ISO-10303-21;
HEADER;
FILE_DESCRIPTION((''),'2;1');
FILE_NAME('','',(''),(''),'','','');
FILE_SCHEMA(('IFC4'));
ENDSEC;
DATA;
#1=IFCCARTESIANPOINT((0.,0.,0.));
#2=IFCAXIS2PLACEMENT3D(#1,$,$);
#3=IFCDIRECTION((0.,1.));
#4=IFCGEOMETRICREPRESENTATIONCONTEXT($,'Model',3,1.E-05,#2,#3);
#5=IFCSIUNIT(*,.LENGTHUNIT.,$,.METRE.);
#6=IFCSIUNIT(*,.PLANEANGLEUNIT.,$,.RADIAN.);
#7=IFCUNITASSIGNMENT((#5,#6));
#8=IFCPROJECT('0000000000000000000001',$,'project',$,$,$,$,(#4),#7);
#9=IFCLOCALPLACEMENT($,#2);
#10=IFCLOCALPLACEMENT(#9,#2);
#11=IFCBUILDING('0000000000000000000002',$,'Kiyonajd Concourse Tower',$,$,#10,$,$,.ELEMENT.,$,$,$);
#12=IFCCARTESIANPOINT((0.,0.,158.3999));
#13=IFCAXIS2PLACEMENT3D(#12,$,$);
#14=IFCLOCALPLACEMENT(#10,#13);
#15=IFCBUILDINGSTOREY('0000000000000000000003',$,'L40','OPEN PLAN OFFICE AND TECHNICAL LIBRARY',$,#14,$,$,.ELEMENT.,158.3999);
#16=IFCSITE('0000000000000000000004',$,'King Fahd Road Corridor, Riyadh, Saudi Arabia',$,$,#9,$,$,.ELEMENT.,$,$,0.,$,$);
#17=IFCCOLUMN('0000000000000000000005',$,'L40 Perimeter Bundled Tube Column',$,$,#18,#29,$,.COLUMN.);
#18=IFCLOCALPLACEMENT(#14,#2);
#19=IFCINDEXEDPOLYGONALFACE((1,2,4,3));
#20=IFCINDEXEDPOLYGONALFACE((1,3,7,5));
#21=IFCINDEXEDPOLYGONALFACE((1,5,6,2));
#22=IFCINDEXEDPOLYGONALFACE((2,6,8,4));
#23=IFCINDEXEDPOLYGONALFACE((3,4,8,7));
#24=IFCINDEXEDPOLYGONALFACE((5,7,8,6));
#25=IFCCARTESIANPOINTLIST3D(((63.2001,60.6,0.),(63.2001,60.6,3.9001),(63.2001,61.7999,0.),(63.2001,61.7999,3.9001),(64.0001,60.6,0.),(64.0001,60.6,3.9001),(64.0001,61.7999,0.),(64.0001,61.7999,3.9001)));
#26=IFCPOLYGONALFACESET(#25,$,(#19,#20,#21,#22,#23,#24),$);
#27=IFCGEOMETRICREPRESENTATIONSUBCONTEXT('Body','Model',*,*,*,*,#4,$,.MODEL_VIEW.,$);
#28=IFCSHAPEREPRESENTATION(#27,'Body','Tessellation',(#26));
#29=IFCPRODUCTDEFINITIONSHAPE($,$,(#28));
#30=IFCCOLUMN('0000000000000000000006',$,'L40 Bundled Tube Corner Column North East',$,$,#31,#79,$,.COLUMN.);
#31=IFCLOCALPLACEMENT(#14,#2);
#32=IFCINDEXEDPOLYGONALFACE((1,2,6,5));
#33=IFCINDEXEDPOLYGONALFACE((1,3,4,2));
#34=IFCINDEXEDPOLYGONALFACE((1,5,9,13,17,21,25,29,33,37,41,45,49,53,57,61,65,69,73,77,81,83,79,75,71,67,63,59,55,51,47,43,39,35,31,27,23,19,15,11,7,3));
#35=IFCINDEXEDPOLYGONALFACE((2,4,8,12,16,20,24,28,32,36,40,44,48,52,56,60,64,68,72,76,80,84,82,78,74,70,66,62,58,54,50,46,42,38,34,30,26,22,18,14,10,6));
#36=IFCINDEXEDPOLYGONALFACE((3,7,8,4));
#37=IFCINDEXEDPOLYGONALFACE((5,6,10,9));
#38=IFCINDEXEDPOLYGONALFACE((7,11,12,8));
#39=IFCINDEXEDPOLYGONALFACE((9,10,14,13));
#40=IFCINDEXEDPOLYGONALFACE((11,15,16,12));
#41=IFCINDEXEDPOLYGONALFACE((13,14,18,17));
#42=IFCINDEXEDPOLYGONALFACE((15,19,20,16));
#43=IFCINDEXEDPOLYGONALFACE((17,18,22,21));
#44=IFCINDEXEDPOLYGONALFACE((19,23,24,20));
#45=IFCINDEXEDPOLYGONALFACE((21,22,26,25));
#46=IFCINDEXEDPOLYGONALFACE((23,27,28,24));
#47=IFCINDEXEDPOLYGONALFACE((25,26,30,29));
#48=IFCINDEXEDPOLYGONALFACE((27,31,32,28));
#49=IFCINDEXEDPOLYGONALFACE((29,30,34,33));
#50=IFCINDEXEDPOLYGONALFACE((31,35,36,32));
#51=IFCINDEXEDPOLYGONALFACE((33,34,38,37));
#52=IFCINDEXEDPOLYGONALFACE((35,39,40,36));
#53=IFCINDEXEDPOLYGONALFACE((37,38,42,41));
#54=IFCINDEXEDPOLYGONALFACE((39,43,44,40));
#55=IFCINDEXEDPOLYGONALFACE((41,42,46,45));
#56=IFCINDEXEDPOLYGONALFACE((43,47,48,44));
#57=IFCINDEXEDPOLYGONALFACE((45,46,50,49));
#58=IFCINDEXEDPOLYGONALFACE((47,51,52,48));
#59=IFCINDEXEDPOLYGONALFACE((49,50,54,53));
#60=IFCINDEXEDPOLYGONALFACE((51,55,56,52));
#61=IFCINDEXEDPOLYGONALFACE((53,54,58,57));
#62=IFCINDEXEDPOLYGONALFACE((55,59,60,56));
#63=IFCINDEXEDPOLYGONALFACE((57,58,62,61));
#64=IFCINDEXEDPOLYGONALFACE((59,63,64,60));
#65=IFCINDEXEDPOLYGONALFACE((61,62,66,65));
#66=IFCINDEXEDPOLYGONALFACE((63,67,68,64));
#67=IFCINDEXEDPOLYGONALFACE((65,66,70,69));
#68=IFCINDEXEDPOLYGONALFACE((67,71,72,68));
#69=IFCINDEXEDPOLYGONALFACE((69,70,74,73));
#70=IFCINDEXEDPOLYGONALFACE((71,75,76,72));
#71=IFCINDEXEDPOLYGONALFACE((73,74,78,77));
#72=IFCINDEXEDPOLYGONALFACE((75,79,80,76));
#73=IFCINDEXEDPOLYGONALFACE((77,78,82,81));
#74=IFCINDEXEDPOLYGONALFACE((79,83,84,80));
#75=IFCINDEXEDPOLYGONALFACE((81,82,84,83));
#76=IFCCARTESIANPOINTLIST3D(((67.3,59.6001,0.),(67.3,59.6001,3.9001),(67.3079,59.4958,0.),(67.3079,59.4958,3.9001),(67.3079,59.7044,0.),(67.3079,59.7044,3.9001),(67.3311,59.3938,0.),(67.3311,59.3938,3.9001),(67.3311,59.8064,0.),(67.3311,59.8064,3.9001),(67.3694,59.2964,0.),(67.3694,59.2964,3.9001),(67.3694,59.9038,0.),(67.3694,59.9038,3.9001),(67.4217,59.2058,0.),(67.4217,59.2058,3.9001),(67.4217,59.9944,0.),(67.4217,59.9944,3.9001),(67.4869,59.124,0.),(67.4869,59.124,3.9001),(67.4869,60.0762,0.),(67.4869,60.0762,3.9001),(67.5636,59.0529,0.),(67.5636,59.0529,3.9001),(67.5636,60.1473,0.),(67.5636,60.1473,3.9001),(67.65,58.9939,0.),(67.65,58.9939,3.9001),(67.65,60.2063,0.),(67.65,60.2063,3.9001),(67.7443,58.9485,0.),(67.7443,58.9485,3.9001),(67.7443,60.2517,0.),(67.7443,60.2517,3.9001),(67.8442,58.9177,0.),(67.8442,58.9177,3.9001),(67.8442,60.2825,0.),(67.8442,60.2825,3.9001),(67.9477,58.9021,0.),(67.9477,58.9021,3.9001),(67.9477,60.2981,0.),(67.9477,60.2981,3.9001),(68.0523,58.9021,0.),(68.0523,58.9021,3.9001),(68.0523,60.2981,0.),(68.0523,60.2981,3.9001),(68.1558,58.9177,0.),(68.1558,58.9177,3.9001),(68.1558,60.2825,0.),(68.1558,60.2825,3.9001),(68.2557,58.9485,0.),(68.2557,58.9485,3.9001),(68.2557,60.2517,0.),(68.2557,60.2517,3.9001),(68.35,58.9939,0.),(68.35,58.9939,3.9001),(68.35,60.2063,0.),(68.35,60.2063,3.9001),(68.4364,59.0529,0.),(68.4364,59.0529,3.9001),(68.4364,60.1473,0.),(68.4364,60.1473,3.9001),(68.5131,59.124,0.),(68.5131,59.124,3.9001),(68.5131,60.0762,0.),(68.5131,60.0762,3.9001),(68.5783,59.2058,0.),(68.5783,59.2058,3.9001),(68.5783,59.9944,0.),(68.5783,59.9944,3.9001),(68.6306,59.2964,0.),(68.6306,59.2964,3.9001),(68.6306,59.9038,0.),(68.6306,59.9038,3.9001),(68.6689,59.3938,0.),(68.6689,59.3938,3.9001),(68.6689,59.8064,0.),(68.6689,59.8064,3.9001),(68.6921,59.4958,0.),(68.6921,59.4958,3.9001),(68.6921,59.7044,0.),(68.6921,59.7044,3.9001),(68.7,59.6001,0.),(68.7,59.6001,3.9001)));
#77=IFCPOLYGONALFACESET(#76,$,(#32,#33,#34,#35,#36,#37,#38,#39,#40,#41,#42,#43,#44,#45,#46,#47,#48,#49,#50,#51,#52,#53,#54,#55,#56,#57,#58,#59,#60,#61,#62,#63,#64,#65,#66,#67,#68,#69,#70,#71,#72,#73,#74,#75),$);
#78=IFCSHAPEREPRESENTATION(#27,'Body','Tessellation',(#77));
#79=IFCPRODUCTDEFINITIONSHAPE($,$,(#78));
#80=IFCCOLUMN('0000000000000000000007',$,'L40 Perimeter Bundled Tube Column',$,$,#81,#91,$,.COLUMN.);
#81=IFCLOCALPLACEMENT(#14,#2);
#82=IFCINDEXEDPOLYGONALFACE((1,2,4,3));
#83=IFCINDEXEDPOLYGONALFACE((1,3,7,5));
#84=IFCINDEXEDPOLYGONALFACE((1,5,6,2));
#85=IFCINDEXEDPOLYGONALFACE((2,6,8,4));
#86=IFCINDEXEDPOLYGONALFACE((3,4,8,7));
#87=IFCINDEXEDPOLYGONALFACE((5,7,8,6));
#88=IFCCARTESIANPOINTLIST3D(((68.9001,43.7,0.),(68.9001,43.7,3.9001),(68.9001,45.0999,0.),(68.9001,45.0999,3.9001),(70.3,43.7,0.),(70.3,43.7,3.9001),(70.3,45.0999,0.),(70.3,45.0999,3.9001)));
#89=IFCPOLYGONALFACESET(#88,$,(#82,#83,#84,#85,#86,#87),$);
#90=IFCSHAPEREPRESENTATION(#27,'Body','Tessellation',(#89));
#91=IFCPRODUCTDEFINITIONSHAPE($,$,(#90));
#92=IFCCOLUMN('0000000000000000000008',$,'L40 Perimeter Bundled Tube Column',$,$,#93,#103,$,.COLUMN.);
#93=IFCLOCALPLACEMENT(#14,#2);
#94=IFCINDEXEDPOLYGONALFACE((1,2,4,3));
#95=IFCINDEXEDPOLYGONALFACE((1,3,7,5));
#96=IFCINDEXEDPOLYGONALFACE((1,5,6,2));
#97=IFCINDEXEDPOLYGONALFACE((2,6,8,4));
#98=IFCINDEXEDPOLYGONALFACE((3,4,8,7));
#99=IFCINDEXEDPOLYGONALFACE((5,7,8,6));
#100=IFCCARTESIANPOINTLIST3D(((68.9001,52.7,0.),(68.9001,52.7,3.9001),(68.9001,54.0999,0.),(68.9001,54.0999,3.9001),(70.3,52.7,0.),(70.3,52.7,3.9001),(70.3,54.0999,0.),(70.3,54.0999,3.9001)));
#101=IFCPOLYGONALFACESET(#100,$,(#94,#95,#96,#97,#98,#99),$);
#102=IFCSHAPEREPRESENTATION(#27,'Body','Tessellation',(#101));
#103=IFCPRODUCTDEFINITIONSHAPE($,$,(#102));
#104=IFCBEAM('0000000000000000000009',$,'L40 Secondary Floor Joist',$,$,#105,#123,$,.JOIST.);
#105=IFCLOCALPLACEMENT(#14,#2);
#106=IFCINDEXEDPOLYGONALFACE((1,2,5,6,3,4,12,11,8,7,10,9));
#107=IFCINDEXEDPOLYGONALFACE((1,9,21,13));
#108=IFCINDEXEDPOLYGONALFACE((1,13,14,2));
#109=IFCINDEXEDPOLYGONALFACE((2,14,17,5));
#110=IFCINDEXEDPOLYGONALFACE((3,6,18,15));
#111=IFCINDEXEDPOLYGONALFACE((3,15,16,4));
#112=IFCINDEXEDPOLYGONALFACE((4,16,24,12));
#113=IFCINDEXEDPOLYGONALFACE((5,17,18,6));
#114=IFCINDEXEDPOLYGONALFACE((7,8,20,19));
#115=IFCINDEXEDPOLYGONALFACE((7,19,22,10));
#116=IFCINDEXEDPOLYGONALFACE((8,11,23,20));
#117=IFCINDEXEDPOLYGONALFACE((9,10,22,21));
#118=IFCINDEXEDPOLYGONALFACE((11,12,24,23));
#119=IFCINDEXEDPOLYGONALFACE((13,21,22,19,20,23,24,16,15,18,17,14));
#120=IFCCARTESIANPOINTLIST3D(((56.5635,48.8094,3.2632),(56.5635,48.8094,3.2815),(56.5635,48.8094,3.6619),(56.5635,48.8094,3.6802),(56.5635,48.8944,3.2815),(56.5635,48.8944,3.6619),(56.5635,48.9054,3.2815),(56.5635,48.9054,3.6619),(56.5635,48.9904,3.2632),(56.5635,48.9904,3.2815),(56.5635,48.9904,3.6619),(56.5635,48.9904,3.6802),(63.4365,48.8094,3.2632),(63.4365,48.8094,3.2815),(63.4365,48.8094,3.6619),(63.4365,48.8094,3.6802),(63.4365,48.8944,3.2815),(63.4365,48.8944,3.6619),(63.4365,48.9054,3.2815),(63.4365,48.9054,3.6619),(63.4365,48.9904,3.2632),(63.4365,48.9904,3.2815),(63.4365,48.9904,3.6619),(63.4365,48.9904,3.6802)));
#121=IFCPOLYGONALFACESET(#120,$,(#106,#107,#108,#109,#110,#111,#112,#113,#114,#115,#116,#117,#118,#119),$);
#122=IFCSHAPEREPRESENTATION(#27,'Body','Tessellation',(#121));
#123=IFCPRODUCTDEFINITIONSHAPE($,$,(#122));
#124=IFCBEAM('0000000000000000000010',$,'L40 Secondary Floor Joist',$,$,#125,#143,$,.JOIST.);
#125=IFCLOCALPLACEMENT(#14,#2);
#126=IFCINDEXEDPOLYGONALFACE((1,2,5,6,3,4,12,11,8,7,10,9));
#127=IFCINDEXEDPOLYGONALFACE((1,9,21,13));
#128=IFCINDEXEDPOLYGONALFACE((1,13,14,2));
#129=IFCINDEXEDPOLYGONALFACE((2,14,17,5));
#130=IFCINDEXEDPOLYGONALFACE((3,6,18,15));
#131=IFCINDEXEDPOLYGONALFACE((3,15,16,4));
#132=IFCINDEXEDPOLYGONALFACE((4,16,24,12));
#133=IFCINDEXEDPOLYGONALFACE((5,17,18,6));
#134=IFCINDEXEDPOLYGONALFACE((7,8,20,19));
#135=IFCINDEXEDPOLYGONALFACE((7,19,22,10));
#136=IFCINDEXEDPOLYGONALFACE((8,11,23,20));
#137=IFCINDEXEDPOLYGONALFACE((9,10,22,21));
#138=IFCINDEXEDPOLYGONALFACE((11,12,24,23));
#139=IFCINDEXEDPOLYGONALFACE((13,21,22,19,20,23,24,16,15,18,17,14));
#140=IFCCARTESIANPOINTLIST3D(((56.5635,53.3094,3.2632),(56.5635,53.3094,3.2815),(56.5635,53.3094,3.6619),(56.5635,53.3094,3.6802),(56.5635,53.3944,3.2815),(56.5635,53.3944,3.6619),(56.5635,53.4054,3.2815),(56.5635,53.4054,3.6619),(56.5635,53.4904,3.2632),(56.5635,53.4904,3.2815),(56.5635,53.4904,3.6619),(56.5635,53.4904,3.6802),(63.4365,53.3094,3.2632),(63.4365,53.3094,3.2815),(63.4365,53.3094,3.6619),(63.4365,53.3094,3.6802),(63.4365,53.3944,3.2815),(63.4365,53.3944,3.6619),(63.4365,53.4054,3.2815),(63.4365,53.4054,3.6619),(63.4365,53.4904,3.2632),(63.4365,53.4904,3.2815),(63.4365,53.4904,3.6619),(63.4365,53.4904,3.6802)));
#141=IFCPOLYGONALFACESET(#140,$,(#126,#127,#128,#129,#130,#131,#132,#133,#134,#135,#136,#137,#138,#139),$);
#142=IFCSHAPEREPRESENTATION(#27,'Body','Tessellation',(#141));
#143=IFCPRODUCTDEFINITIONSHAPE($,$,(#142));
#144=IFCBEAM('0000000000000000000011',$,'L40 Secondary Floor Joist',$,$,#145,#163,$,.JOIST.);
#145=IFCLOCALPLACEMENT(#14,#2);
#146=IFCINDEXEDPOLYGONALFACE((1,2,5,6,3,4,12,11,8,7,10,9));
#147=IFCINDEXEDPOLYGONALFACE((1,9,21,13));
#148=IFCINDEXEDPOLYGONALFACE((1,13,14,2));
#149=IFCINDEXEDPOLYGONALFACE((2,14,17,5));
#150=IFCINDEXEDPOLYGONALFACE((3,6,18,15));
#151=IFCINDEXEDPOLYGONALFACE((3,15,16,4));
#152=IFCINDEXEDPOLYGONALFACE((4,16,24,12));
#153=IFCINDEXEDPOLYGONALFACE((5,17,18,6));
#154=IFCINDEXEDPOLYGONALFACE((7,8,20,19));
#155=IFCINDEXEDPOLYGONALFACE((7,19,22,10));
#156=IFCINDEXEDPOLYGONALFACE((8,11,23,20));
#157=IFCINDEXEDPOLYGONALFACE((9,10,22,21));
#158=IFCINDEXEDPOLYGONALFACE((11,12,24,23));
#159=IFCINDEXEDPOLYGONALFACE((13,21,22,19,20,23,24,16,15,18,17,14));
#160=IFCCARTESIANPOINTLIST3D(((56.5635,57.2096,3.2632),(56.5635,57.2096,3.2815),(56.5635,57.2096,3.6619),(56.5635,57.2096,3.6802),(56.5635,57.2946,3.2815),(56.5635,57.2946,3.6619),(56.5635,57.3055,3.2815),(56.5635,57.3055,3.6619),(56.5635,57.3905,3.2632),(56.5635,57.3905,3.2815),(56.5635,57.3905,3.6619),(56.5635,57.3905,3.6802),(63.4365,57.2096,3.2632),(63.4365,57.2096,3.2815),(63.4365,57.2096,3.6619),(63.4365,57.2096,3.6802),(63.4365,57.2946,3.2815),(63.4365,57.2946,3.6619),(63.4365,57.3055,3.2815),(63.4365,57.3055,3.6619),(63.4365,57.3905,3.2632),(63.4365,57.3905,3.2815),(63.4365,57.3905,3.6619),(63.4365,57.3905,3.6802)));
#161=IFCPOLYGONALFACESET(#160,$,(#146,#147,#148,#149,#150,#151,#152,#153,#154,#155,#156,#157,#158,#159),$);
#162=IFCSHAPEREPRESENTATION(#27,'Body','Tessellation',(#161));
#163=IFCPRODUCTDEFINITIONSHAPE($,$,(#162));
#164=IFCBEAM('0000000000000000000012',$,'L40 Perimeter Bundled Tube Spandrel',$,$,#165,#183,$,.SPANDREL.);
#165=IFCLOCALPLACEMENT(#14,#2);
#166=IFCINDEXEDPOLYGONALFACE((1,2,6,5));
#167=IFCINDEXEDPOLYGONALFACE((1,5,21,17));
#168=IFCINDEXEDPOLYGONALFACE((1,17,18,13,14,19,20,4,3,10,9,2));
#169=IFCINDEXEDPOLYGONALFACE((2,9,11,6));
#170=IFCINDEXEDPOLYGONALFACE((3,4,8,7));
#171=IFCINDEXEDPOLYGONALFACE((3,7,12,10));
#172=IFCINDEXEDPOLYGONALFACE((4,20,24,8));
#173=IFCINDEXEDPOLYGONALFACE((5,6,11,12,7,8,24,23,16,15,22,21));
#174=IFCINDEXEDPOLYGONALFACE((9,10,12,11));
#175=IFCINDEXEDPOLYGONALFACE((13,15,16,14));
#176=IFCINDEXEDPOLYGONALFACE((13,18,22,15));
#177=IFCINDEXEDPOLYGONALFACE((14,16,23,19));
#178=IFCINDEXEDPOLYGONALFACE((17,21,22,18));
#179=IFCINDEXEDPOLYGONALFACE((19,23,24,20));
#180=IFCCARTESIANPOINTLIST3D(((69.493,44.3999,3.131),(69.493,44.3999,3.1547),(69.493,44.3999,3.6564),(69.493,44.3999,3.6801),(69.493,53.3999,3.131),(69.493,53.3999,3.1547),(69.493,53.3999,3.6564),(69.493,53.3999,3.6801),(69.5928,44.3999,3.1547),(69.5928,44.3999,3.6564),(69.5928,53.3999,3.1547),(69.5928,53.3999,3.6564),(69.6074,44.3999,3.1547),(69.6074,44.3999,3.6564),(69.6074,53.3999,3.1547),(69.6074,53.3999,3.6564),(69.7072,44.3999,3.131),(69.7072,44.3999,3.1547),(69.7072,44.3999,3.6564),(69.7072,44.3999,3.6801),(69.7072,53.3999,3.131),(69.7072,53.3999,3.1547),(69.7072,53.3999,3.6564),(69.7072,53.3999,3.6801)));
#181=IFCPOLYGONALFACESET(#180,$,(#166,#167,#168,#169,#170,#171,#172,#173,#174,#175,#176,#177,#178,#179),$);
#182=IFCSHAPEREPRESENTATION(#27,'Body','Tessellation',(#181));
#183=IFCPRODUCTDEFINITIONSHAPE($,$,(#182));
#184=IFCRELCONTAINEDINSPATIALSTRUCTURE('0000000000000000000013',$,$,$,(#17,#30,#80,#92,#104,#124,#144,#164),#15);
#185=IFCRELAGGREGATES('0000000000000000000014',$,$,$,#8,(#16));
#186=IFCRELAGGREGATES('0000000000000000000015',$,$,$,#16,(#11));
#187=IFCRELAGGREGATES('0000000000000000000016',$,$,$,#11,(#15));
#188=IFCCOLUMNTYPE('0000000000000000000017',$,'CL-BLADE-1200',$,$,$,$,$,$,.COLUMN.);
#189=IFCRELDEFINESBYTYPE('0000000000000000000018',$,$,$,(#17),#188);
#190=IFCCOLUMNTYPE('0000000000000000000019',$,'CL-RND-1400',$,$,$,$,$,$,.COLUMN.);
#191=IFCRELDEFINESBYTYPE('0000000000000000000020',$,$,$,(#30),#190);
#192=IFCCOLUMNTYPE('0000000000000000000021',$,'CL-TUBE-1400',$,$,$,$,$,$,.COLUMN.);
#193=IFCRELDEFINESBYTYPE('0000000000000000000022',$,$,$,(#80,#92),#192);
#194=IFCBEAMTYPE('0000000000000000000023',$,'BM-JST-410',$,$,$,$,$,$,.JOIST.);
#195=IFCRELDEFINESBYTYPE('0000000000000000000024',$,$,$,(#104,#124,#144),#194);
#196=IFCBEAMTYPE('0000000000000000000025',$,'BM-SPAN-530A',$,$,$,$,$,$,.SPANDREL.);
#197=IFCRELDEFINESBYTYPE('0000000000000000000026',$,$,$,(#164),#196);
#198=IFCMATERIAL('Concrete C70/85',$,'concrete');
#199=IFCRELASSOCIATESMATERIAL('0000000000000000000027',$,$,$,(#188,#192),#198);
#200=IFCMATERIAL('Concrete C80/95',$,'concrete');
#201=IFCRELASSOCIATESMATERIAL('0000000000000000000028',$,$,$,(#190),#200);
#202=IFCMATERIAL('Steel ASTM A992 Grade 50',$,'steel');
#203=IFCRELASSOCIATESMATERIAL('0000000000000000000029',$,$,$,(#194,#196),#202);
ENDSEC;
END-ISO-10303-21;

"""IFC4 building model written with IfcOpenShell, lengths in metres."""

from ifc_helpers import new_model, si_unit, direction, frame, origin, origin_2d, place, context, subcontext, project, spatial, rectangle, circle, i_section, extrude, material, material_profile, profile_set, type_object, element, save


model = new_model("IFC4")

# Units and contexts
model_context = context("Model", 3, precision=1e-05, world=origin(), true_north=direction((0.0, 1.0)))
body_context = subcontext(model_context, "Body", "Model", "MODEL_VIEW")
ifc_project = project(units=[si_unit("LENGTHUNIT", "METRE"), si_unit("PLANEANGLEUNIT", "RADIAN")], contexts=[model_context])

# Site, building, storey
site_placement = place(None, origin())
site = spatial("IfcSite", under=ifc_project, at=site_placement, Name="King Fahd Road Corridor, Riyadh, Saudi Arabia", CompositionType="ELEMENT", RefElevation=0.0)
building_placement = place(site_placement, origin())
building = spatial("IfcBuilding", under=site, at=building_placement, Name="Kiyonajd Concourse Tower", CompositionType="ELEMENT")
storey_placement = place(building_placement, frame((0.0, 0.0, 158.3999)))
storey = spatial("IfcBuildingStorey", under=building, at=storey_placement, Name="L40", Description="OPEN PLAN OFFICE AND TECHNICAL LIBRARY", CompositionType="ELEMENT", Elevation=158.3999)

# Columns
ifc_material_1 = material(Name="Concrete C70/85", Category="concrete")
ifc_material_profile_1 = material_profile(ifc_material_1, rectangle(XDim=0.8, YDim=1.2, at=origin_2d()), Name="RC-1200x800")
ifc_profile_set_1 = profile_set([ifc_material_profile_1], Name="Concrete C70/85")
column_type_1 = type_object("IfcColumnType", Name="CL-BLADE-1200", PredefinedType="COLUMN", material=ifc_profile_set_1)
column_1_placement = place(storey_placement, frame((63.6001, 61.2, 0.0), z_axis=(0.0, 0.0, 1.0), x_axis=(1.0, 0.0, 0.0)))
element("IfcColumn", 1, at=column_1_placement, inside=storey, type_object=column_type_1, Name="L40 Perimeter Bundled Tube Column", PredefinedType="COLUMN", context=body_context, shape_type="SweptSolid", body=[
    extrude(rectangle(XDim=0.8, YDim=1.2, at=origin_2d()), origin(), (0.0, 0.0, 1.0), 3.9001),
])
ifc_material_2 = material(Name="Concrete C80/95", Category="concrete")
ifc_material_profile_2 = material_profile(ifc_material_2, circle(Radius=0.7, at=origin_2d()), Name="RCC-D1400")
ifc_profile_set_2 = profile_set([ifc_material_profile_2], Name="Concrete C80/95")
column_type_2 = type_object("IfcColumnType", Name="CL-RND-1400", PredefinedType="COLUMN", material=ifc_profile_set_2)
column_2_placement = place(storey_placement, frame((68.0, 59.6001, 0.0), z_axis=(0.0, 0.0, 1.0), x_axis=(1.0, 0.0, 0.0)))
element("IfcColumn", 2, at=column_2_placement, inside=storey, type_object=column_type_2, Name="L40 Bundled Tube Corner Column North East", PredefinedType="COLUMN", context=body_context, shape_type="SweptSolid", body=[
    extrude(circle(Radius=0.7, at=origin_2d()), origin(), (0.0, 0.0, 1.0), 3.9001),
])
ifc_material_profile_3 = material_profile(ifc_material_1, rectangle(XDim=1.3999, YDim=1.3999, at=origin_2d()), Name="RC-1400x1400")
ifc_profile_set_3 = profile_set([ifc_material_profile_3], Name="Concrete C70/85")
column_type_3 = type_object("IfcColumnType", Name="CL-TUBE-1400", PredefinedType="COLUMN", material=ifc_profile_set_3)
for number, where, z_axis, x_axis, name in (
    (3, (69.6001, 44.3999, 0.0), (0.0, 0.0, 1.0), (1.0, 0.0, 0.0), "L40 Perimeter Bundled Tube Column"),
    (4, (69.6001, 53.3999, 0.0), (0.0, 0.0, 1.0), (1.0, 0.0, 0.0), "L40 Perimeter Bundled Tube Column"),
):
    element("IfcColumn", number, at=place(storey_placement, frame(where, z_axis=z_axis, x_axis=x_axis)), inside=storey, type_object=column_type_3, Name=name, PredefinedType="COLUMN", context=body_context, shape_type="SweptSolid", body=[
        extrude(rectangle(XDim=1.3999, YDim=1.3999, at=origin_2d()), origin(), (0.0, 0.0, 1.0), 3.9001),
    ])

# Beams
ifc_material_3 = material(Name="Steel ASTM A992 Grade 50", Category="steel")
ifc_material_profile_4 = material_profile(ifc_material_3, i_section(OverallWidth=0.1809, OverallDepth=0.417, WebThickness=0.011, FlangeThickness=0.0183, at=origin_2d()), Name="W410X85")
ifc_profile_set_4 = profile_set([ifc_material_profile_4], Name="Steel ASTM A992 Grade 50")
beam_type_1 = type_object("IfcBeamType", Name="BM-JST-410", PredefinedType="JOIST", material=ifc_profile_set_4)
for number, where, z_axis, x_axis, name in (
    (5, (56.5635, 48.8999, 3.4717), (1.0, 0.0, 0.0), (0.0, 1.0, 0.0), "L40 Secondary Floor Joist"),
    (6, (56.5635, 53.3999, 3.4717), (1.0, 0.0, 0.0), (0.0, 1.0, 0.0), "L40 Secondary Floor Joist"),
    (7, (56.5635, 57.3, 3.4717), (1.0, 0.0, 0.0), (0.0, 1.0, 0.0), "L40 Secondary Floor Joist"),
):
    element("IfcBeam", number, at=place(storey_placement, frame(where, z_axis=z_axis, x_axis=x_axis)), inside=storey, type_object=beam_type_1, Name=name, PredefinedType="JOIST", context=body_context, shape_type="SweptSolid", body=[
        extrude(i_section(OverallWidth=0.1809, OverallDepth=0.417, WebThickness=0.011, FlangeThickness=0.0183, at=origin_2d()), origin(), (0.0, 0.0, 1.0), 6.873),
    ])
ifc_material_profile_5 = material_profile(ifc_material_3, i_section(OverallWidth=0.2141, OverallDepth=0.5491, WebThickness=0.0146, FlangeThickness=0.0237, at=origin_2d()), Name="W530X138")
ifc_profile_set_5 = profile_set([ifc_material_profile_5], Name="Steel ASTM A992 Grade 50")
beam_type_2 = type_object("IfcBeamType", Name="BM-SPAN-530A", PredefinedType="SPANDREL", material=ifc_profile_set_5)
beam_1_placement = place(storey_placement, frame((69.6001, 44.3999, 3.4055), z_axis=(0.0, 1.0, 0.0), x_axis=(-1.0, 0.0, 0.0)))
element("IfcBeam", 8, at=beam_1_placement, inside=storey, type_object=beam_type_2, Name="L40 Perimeter Bundled Tube Spandrel", PredefinedType="SPANDREL", context=body_context, shape_type="SweptSolid", body=[
    extrude(i_section(OverallWidth=0.2141, OverallDepth=0.5491, WebThickness=0.0146, FlangeThickness=0.0237, at=origin_2d()), origin(), (0.0, 0.0, 1.0), 9.0),
])

save(model, "model.ifc")
